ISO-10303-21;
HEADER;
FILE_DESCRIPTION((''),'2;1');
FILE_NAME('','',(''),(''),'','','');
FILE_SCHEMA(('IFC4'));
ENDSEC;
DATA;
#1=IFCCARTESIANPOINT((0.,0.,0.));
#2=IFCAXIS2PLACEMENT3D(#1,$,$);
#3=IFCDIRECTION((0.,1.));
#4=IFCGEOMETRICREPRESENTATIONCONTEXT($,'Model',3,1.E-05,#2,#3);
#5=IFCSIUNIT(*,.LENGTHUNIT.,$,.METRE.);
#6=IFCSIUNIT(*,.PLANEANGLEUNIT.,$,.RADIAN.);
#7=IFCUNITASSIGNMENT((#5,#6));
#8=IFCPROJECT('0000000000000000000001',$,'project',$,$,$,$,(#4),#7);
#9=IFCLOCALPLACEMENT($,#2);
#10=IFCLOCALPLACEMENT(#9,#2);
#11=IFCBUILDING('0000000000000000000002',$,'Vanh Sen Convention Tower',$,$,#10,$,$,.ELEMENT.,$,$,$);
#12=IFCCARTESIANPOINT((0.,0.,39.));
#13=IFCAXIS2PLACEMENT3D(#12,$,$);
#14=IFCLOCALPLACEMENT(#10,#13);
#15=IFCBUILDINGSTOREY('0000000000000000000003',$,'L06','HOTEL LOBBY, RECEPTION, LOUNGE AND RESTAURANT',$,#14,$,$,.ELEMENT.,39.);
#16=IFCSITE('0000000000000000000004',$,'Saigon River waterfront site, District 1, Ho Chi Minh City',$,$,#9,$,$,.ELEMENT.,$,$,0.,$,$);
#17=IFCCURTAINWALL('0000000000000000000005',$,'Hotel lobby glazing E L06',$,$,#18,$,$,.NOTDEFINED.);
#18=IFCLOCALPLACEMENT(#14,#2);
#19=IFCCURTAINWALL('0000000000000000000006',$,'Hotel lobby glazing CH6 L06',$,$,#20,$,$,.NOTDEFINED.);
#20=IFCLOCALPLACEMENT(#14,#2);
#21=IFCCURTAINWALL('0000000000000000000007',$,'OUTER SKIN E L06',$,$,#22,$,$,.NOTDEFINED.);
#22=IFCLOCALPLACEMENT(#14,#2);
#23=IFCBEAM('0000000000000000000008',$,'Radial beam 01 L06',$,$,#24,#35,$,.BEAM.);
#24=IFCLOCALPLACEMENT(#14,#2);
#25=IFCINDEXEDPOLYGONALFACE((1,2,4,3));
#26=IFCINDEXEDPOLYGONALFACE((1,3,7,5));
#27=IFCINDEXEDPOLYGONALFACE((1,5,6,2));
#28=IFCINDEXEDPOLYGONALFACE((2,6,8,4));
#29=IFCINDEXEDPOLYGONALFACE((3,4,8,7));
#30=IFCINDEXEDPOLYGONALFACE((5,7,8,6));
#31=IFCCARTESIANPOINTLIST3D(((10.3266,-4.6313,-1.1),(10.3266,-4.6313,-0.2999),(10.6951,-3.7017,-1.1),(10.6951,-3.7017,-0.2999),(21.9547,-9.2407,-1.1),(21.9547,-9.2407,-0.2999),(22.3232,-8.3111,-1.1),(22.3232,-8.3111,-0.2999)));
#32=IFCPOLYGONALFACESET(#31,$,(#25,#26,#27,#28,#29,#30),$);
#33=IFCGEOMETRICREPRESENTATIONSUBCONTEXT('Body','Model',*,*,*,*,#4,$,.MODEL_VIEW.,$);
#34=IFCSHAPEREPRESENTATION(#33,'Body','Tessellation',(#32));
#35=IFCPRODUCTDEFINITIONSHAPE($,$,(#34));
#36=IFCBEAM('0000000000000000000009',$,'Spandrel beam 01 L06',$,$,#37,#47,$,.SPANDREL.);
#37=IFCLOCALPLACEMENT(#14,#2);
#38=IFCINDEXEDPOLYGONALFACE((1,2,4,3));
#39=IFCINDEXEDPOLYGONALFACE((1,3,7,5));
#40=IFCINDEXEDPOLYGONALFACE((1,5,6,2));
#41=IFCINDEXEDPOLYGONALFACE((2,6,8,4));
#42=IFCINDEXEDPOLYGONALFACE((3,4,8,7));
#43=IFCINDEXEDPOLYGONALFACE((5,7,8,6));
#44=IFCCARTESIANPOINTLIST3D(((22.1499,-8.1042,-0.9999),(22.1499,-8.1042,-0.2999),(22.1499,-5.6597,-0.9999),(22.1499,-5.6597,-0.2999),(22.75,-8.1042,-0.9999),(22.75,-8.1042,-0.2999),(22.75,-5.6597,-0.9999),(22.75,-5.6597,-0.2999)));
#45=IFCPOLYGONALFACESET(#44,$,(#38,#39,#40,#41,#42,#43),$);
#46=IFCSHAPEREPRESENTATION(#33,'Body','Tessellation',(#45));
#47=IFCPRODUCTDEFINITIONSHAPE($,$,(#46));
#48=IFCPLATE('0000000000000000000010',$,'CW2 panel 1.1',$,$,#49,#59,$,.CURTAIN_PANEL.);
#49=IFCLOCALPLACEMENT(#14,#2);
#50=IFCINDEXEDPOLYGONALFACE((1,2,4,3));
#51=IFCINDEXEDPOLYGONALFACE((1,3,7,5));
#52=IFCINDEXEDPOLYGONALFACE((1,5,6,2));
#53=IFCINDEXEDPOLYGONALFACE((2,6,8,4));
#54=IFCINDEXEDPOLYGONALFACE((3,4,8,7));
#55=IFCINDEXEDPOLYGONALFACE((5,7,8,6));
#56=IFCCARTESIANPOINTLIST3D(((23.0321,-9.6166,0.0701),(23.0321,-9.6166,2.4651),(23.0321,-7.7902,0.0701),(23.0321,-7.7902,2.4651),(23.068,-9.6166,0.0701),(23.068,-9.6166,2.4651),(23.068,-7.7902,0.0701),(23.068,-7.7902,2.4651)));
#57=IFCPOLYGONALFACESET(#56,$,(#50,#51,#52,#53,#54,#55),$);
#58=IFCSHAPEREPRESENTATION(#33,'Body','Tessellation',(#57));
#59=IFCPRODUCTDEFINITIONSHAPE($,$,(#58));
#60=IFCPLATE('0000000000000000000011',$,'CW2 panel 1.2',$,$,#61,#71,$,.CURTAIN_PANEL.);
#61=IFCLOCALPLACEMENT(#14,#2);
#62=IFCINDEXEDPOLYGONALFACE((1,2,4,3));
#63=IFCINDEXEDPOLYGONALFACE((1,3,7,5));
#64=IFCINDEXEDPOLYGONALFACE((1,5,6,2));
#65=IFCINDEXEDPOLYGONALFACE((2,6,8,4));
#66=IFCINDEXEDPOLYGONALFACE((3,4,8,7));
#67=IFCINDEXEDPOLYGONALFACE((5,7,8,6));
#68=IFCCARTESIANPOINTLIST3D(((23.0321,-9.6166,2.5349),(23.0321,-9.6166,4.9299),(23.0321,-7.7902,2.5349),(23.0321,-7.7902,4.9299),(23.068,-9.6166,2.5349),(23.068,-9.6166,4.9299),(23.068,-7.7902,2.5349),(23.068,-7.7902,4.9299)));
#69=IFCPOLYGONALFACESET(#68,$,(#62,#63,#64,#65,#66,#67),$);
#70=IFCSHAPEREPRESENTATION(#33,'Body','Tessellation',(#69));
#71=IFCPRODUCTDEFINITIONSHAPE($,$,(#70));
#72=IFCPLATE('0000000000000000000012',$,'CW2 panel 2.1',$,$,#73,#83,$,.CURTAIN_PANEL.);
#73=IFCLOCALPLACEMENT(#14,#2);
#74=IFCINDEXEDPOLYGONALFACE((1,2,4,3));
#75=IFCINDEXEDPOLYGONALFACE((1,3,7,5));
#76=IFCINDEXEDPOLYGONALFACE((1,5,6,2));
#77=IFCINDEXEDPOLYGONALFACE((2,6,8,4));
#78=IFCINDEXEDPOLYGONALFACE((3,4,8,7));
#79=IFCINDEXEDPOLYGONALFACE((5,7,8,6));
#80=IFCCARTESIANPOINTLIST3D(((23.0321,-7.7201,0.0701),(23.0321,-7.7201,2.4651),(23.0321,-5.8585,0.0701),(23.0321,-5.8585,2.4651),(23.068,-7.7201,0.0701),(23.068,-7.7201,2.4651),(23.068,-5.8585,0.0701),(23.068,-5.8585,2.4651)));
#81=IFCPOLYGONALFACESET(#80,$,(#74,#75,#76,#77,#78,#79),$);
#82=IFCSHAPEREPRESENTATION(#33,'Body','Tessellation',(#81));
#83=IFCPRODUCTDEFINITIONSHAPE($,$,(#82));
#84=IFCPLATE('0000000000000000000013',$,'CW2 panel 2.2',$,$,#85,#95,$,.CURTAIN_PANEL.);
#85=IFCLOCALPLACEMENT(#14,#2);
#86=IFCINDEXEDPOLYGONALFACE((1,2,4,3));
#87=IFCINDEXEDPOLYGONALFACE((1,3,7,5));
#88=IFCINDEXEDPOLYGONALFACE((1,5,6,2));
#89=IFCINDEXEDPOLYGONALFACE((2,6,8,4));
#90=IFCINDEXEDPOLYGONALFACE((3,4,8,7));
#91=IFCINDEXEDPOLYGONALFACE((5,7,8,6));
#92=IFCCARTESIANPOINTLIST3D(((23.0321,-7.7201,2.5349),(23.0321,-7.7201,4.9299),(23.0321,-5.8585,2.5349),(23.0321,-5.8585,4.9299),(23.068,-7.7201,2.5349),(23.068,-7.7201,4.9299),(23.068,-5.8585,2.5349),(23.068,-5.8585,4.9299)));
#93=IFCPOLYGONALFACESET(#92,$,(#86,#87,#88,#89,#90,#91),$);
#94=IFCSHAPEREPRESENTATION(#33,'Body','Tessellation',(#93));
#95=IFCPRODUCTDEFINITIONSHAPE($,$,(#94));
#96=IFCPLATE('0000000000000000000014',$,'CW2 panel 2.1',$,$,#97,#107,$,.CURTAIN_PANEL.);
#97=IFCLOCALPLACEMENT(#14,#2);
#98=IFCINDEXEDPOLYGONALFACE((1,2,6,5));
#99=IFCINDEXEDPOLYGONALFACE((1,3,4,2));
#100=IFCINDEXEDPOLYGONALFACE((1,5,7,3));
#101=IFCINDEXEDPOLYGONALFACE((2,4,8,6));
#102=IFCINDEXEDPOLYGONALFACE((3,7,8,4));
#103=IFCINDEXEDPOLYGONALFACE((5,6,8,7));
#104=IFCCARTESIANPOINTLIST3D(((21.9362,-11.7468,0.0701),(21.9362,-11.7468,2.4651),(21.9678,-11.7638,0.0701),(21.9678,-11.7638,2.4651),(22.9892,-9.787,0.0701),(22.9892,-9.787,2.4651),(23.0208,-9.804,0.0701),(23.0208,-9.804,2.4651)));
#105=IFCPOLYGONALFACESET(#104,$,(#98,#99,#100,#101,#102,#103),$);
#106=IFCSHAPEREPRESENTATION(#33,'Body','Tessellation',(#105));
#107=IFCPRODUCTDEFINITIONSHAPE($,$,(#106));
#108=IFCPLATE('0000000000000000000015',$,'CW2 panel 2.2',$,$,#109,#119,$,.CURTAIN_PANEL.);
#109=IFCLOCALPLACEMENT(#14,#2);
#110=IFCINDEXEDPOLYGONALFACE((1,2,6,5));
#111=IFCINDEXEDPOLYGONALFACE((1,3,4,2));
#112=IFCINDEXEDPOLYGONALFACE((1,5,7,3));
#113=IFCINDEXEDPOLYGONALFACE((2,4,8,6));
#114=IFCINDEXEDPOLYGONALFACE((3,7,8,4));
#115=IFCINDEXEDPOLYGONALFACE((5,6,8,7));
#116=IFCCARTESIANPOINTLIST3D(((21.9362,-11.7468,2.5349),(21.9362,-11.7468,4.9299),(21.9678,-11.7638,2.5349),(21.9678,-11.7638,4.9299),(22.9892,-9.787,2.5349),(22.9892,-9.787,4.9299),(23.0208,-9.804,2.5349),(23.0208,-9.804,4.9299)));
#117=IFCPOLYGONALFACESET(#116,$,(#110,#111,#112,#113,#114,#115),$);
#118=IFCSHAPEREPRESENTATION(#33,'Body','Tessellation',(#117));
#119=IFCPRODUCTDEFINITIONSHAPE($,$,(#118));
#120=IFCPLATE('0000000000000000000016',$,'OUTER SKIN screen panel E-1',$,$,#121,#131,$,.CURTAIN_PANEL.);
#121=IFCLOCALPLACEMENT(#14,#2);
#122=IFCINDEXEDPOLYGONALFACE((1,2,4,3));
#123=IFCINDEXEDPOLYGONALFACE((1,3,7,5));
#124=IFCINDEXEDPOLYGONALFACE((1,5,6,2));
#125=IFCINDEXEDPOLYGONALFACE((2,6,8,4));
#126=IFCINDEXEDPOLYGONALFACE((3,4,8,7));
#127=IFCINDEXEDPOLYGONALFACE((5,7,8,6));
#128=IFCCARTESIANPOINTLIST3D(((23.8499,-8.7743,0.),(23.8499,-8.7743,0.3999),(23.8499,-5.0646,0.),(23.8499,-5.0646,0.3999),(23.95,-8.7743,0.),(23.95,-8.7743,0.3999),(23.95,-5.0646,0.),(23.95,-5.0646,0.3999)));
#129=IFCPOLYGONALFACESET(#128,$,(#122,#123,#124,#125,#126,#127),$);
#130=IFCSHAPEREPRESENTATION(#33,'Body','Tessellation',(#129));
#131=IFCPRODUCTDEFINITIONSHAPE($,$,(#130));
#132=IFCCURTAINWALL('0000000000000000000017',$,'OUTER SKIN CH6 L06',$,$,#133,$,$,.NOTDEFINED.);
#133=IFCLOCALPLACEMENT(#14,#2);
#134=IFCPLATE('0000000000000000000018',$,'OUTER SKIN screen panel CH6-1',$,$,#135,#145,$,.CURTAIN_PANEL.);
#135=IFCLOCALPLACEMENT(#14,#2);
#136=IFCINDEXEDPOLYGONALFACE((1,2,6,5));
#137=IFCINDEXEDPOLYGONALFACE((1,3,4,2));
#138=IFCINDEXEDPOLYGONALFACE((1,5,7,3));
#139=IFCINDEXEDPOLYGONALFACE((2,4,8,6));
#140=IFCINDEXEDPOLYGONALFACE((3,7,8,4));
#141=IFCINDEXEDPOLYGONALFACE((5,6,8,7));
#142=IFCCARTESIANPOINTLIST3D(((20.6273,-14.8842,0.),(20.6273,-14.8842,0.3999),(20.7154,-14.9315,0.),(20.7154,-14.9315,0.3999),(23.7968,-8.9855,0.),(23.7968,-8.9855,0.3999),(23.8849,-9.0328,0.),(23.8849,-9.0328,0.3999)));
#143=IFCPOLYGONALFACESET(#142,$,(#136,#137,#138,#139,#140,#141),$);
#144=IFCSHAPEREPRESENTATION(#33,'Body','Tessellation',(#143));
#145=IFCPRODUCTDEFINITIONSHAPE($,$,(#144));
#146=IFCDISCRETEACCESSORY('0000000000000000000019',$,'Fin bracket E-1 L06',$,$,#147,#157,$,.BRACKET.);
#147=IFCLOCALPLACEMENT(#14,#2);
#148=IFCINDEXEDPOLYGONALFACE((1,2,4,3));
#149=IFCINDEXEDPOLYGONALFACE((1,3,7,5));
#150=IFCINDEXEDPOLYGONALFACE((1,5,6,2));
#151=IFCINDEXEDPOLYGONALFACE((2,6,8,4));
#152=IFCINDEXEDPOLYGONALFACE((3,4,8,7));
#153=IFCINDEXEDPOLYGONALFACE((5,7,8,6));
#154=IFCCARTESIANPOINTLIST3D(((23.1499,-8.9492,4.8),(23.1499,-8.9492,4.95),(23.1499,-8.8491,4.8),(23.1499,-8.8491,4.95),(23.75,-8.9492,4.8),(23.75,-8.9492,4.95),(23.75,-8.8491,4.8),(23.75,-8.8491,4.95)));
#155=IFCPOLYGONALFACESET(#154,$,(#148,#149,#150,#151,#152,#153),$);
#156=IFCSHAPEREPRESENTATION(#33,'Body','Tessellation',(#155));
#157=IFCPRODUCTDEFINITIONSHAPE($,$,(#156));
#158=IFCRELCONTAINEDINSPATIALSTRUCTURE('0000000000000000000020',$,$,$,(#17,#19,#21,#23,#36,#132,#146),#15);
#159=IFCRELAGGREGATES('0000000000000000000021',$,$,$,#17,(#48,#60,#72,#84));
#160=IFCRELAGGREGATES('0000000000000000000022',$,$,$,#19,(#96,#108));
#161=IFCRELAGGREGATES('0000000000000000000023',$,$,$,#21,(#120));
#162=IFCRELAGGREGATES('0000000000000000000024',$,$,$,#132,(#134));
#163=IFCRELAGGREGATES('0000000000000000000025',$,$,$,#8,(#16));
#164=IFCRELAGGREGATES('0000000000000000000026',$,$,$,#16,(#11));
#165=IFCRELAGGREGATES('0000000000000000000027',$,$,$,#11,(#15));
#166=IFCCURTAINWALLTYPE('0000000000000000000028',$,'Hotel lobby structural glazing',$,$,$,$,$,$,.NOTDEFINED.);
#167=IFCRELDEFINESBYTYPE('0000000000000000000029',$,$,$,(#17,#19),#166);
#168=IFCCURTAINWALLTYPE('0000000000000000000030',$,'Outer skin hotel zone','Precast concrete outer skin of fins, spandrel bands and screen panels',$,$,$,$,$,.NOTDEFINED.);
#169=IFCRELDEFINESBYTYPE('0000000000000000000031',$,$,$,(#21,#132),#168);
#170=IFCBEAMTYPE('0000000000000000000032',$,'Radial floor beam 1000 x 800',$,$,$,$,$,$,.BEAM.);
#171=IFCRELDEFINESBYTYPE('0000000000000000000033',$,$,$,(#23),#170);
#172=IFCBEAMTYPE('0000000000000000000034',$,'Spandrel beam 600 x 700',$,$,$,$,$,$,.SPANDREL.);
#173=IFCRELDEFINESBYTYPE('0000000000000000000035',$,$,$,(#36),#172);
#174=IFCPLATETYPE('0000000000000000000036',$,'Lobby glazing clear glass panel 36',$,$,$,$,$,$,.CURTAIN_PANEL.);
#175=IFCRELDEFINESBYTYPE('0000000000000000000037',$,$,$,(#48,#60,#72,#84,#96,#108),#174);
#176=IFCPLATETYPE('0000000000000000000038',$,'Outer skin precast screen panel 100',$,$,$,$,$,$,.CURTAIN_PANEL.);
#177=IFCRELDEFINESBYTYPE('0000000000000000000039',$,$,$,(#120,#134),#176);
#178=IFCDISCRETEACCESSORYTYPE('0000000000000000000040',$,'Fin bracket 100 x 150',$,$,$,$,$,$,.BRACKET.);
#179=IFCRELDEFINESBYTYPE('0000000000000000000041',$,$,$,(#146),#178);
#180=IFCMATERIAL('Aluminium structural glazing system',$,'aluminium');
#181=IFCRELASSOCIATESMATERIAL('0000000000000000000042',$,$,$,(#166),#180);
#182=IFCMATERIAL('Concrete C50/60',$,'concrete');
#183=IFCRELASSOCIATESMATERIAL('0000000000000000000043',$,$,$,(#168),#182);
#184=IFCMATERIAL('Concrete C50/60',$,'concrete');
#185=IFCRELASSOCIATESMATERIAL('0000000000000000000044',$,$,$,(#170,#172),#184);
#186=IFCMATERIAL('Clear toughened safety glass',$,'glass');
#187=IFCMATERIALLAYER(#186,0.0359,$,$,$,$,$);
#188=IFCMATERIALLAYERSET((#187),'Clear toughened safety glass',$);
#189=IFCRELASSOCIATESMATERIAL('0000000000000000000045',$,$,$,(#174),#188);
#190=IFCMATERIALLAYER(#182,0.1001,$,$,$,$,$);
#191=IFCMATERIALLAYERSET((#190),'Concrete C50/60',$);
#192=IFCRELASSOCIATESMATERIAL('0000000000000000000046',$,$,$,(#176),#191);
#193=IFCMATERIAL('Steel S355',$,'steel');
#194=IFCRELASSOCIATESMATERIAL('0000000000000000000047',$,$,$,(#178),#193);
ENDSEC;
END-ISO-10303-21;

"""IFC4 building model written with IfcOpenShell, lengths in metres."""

from ifc_helpers import new_model, si_unit, direction, frame, origin, origin_2d, place, context, subcontext, project, spatial, rectangle, extrude, material, layer, layer_set, material_profile, profile_set, type_object, element, aggregate, save


model = new_model("IFC4")

# Units and contexts
model_context = context("Model", 3, precision=1e-05, world=origin(), true_north=direction((0.0, 1.0)))
body_context = subcontext(model_context, "Body", "Model", "MODEL_VIEW")
ifc_project = project(units=[si_unit("LENGTHUNIT", "METRE"), si_unit("PLANEANGLEUNIT", "RADIAN")], contexts=[model_context])

# Site, building, storey
site_placement = place(None, origin())
site = spatial("IfcSite", under=ifc_project, at=site_placement, Name="Saigon River waterfront site, District 1, Ho Chi Minh City", CompositionType="ELEMENT", RefElevation=0.0)
building_placement = place(site_placement, origin())
building = spatial("IfcBuilding", under=site, at=building_placement, Name="Vanh Sen Convention Tower", CompositionType="ELEMENT")
storey_placement = place(building_placement, frame((0.0, 0.0, 39.0)))
storey = spatial("IfcBuildingStorey", under=building, at=storey_placement, Name="L06", Description="HOTEL LOBBY, RECEPTION, LOUNGE AND RESTAURANT", CompositionType="ELEMENT", Elevation=39.0)

# Curtain wall
ifc_material_1 = material(Name="Aluminium structural glazing system", Category="aluminium")
curtain_wall_type_1 = type_object("IfcCurtainWallType", Name="Hotel lobby structural glazing", PredefinedType="NOTDEFINED", material=ifc_material_1)
curtain_wall_1_placement = place(storey_placement, origin())
curtain_wall_1 = element("IfcCurtainWall", 1, at=curtain_wall_1_placement, inside=storey, type_object=curtain_wall_type_1, Name="Hotel lobby glazing E L06", PredefinedType="NOTDEFINED")

# Curtain wall
curtain_wall_2_placement = place(storey_placement, origin())
curtain_wall_2 = element("IfcCurtainWall", 2, at=curtain_wall_2_placement, inside=storey, type_object=curtain_wall_type_1, Name="Hotel lobby glazing CH6 L06", PredefinedType="NOTDEFINED")

# Curtain wall
ifc_material_2 = material(Name="Concrete C50/60", Category="concrete")
curtain_wall_type_2 = type_object("IfcCurtainWallType", Name="Outer skin hotel zone", Description="Precast concrete outer skin of fins, spandrel bands and screen panels", PredefinedType="NOTDEFINED", material=ifc_material_2)
curtain_wall_3_placement = place(storey_placement, origin())
curtain_wall_3 = element("IfcCurtainWall", 3, at=curtain_wall_3_placement, inside=storey, type_object=curtain_wall_type_2, Name="OUTER SKIN E L06", PredefinedType="NOTDEFINED")

# Beams
ifc_material_3 = material(Name="Concrete C50/60", Category="concrete")
ifc_material_profile_1 = material_profile(ifc_material_3, rectangle(XDim=1.0, YDim=0.8, at=origin_2d()), Name="RC 1000X800")
ifc_profile_set_1 = profile_set([ifc_material_profile_1], Name="Concrete C50/60")
beam_type_1 = type_object("IfcBeamType", Name="Radial floor beam 1000 x 800", PredefinedType="BEAM", material=ifc_profile_set_1)
beam_1_placement = place(storey_placement, frame((22.1389, -8.7759, -0.7), z_axis=(-0.929624, 0.368508, 0.0), x_axis=(-0.368508, -0.929624, 0.0)))
element("IfcBeam", 4, at=beam_1_placement, inside=storey, type_object=beam_type_1, Name="Radial beam 01 L06", PredefinedType="BEAM", context=body_context, shape_type="SweptSolid", body=[
    extrude(rectangle(XDim=1.0, YDim=0.8, at=origin_2d()), origin(), (0.0, 0.0, 1.0), 12.5083),
])
ifc_material_profile_2 = material_profile(ifc_material_3, rectangle(XDim=0.6001, YDim=0.7, at=origin_2d()), Name="RC 600X700")
ifc_profile_set_2 = profile_set([ifc_material_profile_2], Name="Concrete C50/60")
beam_type_2 = type_object("IfcBeamType", Name="Spandrel beam 600 x 700", PredefinedType="SPANDREL", material=ifc_profile_set_2)
beam_2_placement = place(storey_placement, frame((22.45, -8.1042, -0.6499), z_axis=(0.0, 1.0, 0.0), x_axis=(-1.0, 0.0, 0.0)))
element("IfcBeam", 5, at=beam_2_placement, inside=storey, type_object=beam_type_2, Name="Spandrel beam 01 L06", PredefinedType="SPANDREL", context=body_context, shape_type="SweptSolid", body=[
    extrude(rectangle(XDim=0.6001, YDim=0.7, at=origin_2d()), origin(), (0.0, 0.0, 1.0), 2.4446),
])

# Plates
ifc_material_4 = material(Name="Clear toughened safety glass", Category="glass")
ifc_layer_1 = layer(ifc_material_4, 0.0359)
ifc_layer_set_1 = layer_set([ifc_layer_1], Name="Clear toughened safety glass")
plate_type_1 = type_object("IfcPlateType", Name="Lobby glazing clear glass panel 36", PredefinedType="CURTAIN_PANEL", material=ifc_layer_set_1)
plate_1_placement = place(storey_placement, frame((23.05, -8.7034, 0.0701), z_axis=(0.0, 0.0, 1.0), x_axis=(0.0, 1.0, 0.0)))
plate_1 = element("IfcPlate", 6, at=plate_1_placement, type_object=plate_type_1, Name="CW2 panel 1.1", PredefinedType="CURTAIN_PANEL", context=body_context, shape_type="SweptSolid", body=[
    extrude(rectangle(XDim=1.8264, YDim=0.0359, at=origin_2d()), origin(), (0.0, 0.0, 1.0), 2.395),
])
plate_2_placement = place(storey_placement, frame((23.05, -8.7034, 2.5349), z_axis=(0.0, 0.0, 1.0), x_axis=(0.0, 1.0, 0.0)))
plate_2 = element("IfcPlate", 7, at=plate_2_placement, type_object=plate_type_1, Name="CW2 panel 1.2", PredefinedType="CURTAIN_PANEL", context=body_context, shape_type="SweptSolid", body=[
    extrude(rectangle(XDim=1.8264, YDim=0.0359, at=origin_2d()), origin(), (0.0, 0.0, 1.0), 2.395),
])
plate_3_placement = place(storey_placement, frame((23.05, -6.7893, 0.0701), z_axis=(0.0, 0.0, 1.0), x_axis=(0.0, 1.0, 0.0)))
plate_3 = element("IfcPlate", 8, at=plate_3_placement, type_object=plate_type_1, Name="CW2 panel 2.1", PredefinedType="CURTAIN_PANEL", context=body_context, shape_type="SweptSolid", body=[
    extrude(rectangle(XDim=1.8616, YDim=0.0359, at=origin_2d()), origin(), (0.0, 0.0, 1.0), 2.395),
])
plate_4_placement = place(storey_placement, frame((23.05, -6.7893, 2.5349), z_axis=(0.0, 0.0, 1.0), x_axis=(0.0, 1.0, 0.0)))
plate_4 = element("IfcPlate", 9, at=plate_4_placement, type_object=plate_type_1, Name="CW2 panel 2.2", PredefinedType="CURTAIN_PANEL", context=body_context, shape_type="SweptSolid", body=[
    extrude(rectangle(XDim=1.8616, YDim=0.0359, at=origin_2d()), origin(), (0.0, 0.0, 1.0), 2.395),
])
aggregate(curtain_wall_1, [plate_1, plate_2, plate_3, plate_4])
plate_5_placement = place(storey_placement, frame((22.4785, -10.7754, 0.0701), z_axis=(0.0, 0.0, 1.0), x_axis=(0.473314, 0.880894, 0.0)))
plate_5 = element("IfcPlate", 10, at=plate_5_placement, type_object=plate_type_1, Name="CW2 panel 2.1", PredefinedType="CURTAIN_PANEL", context=body_context, shape_type="SweptSolid", body=[
    extrude(rectangle(XDim=2.2249, YDim=0.0359, at=origin_2d()), origin(), (0.0, 0.0, 1.0), 2.395),
])
plate_6_placement = place(storey_placement, frame((22.4785, -10.7754, 2.5349), z_axis=(0.0, 0.0, 1.0), x_axis=(0.473314, 0.880894, 0.0)))
plate_6 = element("IfcPlate", 11, at=plate_6_placement, type_object=plate_type_1, Name="CW2 panel 2.2", PredefinedType="CURTAIN_PANEL", context=body_context, shape_type="SweptSolid", body=[
    extrude(rectangle(XDim=2.2249, YDim=0.0359, at=origin_2d()), origin(), (0.0, 0.0, 1.0), 2.395),
])
aggregate(curtain_wall_2, [plate_5, plate_6])
ifc_layer_2 = layer(ifc_material_2, 0.1001)
ifc_layer_set_2 = layer_set([ifc_layer_2], Name="Concrete C50/60")
plate_type_2 = type_object("IfcPlateType", Name="Outer skin precast screen panel 100", PredefinedType="CURTAIN_PANEL", material=ifc_layer_set_2)
plate_7_placement = place(storey_placement, frame((23.8999, -6.9194, 0.0), z_axis=(0.0, 0.0, 1.0), x_axis=(0.0, 1.0, 0.0)))
plate_7 = element("IfcPlate", 12, at=plate_7_placement, type_object=plate_type_2, Name="OUTER SKIN screen panel E-1", PredefinedType="CURTAIN_PANEL", context=body_context, shape_type="SweptSolid", body=[
    extrude(rectangle(XDim=3.7097, YDim=0.1001, at=origin_2d()), origin(), (0.0, 0.0, 1.0), 0.3999),
])
aggregate(curtain_wall_3, [plate_7])

# Curtain wall, plate
curtain_wall_4_placement = place(storey_placement, origin())
curtain_wall_4 = element("IfcCurtainWall", 13, at=curtain_wall_4_placement, inside=storey, type_object=curtain_wall_type_2, Name="OUTER SKIN CH6 L06", PredefinedType="NOTDEFINED")
plate_8_placement = place(storey_placement, frame((22.2561, -11.9585, 0.0), z_axis=(0.0, 0.0, 1.0), x_axis=(0.473323, 0.880889, 0.0)))
plate_8 = element("IfcPlate", 14, at=plate_8_placement, type_object=plate_type_2, Name="OUTER SKIN screen panel CH6-1", PredefinedType="CURTAIN_PANEL", context=body_context, shape_type="SweptSolid", body=[
    extrude(rectangle(XDim=6.6963, YDim=0.1001, at=origin_2d()), origin(), (0.0, 0.0, 1.0), 0.3999),
])
aggregate(curtain_wall_4, [plate_8])

# Discrete accessory
ifc_material_5 = material(Name="Steel S355", Category="steel")
discrete_accessory_type = type_object("IfcDiscreteAccessoryType", Name="Fin bracket 100 x 150", PredefinedType="BRACKET", material=ifc_material_5)
discrete_accessory_placement = place(storey_placement, frame((23.45, -8.8992, 4.8), z_axis=(0.0, 0.0, 1.0), x_axis=(1.0, 0.0, 0.0)))
element("IfcDiscreteAccessory", 15, at=discrete_accessory_placement, inside=storey, type_object=discrete_accessory_type, Name="Fin bracket E-1 L06", PredefinedType="BRACKET", context=body_context, shape_type="SweptSolid", body=[
    extrude(rectangle(XDim=0.6001, YDim=0.1001, at=origin_2d()), origin(), (0.0, 0.0, 1.0), 0.1499),
])

save(model, "model.ifc")
